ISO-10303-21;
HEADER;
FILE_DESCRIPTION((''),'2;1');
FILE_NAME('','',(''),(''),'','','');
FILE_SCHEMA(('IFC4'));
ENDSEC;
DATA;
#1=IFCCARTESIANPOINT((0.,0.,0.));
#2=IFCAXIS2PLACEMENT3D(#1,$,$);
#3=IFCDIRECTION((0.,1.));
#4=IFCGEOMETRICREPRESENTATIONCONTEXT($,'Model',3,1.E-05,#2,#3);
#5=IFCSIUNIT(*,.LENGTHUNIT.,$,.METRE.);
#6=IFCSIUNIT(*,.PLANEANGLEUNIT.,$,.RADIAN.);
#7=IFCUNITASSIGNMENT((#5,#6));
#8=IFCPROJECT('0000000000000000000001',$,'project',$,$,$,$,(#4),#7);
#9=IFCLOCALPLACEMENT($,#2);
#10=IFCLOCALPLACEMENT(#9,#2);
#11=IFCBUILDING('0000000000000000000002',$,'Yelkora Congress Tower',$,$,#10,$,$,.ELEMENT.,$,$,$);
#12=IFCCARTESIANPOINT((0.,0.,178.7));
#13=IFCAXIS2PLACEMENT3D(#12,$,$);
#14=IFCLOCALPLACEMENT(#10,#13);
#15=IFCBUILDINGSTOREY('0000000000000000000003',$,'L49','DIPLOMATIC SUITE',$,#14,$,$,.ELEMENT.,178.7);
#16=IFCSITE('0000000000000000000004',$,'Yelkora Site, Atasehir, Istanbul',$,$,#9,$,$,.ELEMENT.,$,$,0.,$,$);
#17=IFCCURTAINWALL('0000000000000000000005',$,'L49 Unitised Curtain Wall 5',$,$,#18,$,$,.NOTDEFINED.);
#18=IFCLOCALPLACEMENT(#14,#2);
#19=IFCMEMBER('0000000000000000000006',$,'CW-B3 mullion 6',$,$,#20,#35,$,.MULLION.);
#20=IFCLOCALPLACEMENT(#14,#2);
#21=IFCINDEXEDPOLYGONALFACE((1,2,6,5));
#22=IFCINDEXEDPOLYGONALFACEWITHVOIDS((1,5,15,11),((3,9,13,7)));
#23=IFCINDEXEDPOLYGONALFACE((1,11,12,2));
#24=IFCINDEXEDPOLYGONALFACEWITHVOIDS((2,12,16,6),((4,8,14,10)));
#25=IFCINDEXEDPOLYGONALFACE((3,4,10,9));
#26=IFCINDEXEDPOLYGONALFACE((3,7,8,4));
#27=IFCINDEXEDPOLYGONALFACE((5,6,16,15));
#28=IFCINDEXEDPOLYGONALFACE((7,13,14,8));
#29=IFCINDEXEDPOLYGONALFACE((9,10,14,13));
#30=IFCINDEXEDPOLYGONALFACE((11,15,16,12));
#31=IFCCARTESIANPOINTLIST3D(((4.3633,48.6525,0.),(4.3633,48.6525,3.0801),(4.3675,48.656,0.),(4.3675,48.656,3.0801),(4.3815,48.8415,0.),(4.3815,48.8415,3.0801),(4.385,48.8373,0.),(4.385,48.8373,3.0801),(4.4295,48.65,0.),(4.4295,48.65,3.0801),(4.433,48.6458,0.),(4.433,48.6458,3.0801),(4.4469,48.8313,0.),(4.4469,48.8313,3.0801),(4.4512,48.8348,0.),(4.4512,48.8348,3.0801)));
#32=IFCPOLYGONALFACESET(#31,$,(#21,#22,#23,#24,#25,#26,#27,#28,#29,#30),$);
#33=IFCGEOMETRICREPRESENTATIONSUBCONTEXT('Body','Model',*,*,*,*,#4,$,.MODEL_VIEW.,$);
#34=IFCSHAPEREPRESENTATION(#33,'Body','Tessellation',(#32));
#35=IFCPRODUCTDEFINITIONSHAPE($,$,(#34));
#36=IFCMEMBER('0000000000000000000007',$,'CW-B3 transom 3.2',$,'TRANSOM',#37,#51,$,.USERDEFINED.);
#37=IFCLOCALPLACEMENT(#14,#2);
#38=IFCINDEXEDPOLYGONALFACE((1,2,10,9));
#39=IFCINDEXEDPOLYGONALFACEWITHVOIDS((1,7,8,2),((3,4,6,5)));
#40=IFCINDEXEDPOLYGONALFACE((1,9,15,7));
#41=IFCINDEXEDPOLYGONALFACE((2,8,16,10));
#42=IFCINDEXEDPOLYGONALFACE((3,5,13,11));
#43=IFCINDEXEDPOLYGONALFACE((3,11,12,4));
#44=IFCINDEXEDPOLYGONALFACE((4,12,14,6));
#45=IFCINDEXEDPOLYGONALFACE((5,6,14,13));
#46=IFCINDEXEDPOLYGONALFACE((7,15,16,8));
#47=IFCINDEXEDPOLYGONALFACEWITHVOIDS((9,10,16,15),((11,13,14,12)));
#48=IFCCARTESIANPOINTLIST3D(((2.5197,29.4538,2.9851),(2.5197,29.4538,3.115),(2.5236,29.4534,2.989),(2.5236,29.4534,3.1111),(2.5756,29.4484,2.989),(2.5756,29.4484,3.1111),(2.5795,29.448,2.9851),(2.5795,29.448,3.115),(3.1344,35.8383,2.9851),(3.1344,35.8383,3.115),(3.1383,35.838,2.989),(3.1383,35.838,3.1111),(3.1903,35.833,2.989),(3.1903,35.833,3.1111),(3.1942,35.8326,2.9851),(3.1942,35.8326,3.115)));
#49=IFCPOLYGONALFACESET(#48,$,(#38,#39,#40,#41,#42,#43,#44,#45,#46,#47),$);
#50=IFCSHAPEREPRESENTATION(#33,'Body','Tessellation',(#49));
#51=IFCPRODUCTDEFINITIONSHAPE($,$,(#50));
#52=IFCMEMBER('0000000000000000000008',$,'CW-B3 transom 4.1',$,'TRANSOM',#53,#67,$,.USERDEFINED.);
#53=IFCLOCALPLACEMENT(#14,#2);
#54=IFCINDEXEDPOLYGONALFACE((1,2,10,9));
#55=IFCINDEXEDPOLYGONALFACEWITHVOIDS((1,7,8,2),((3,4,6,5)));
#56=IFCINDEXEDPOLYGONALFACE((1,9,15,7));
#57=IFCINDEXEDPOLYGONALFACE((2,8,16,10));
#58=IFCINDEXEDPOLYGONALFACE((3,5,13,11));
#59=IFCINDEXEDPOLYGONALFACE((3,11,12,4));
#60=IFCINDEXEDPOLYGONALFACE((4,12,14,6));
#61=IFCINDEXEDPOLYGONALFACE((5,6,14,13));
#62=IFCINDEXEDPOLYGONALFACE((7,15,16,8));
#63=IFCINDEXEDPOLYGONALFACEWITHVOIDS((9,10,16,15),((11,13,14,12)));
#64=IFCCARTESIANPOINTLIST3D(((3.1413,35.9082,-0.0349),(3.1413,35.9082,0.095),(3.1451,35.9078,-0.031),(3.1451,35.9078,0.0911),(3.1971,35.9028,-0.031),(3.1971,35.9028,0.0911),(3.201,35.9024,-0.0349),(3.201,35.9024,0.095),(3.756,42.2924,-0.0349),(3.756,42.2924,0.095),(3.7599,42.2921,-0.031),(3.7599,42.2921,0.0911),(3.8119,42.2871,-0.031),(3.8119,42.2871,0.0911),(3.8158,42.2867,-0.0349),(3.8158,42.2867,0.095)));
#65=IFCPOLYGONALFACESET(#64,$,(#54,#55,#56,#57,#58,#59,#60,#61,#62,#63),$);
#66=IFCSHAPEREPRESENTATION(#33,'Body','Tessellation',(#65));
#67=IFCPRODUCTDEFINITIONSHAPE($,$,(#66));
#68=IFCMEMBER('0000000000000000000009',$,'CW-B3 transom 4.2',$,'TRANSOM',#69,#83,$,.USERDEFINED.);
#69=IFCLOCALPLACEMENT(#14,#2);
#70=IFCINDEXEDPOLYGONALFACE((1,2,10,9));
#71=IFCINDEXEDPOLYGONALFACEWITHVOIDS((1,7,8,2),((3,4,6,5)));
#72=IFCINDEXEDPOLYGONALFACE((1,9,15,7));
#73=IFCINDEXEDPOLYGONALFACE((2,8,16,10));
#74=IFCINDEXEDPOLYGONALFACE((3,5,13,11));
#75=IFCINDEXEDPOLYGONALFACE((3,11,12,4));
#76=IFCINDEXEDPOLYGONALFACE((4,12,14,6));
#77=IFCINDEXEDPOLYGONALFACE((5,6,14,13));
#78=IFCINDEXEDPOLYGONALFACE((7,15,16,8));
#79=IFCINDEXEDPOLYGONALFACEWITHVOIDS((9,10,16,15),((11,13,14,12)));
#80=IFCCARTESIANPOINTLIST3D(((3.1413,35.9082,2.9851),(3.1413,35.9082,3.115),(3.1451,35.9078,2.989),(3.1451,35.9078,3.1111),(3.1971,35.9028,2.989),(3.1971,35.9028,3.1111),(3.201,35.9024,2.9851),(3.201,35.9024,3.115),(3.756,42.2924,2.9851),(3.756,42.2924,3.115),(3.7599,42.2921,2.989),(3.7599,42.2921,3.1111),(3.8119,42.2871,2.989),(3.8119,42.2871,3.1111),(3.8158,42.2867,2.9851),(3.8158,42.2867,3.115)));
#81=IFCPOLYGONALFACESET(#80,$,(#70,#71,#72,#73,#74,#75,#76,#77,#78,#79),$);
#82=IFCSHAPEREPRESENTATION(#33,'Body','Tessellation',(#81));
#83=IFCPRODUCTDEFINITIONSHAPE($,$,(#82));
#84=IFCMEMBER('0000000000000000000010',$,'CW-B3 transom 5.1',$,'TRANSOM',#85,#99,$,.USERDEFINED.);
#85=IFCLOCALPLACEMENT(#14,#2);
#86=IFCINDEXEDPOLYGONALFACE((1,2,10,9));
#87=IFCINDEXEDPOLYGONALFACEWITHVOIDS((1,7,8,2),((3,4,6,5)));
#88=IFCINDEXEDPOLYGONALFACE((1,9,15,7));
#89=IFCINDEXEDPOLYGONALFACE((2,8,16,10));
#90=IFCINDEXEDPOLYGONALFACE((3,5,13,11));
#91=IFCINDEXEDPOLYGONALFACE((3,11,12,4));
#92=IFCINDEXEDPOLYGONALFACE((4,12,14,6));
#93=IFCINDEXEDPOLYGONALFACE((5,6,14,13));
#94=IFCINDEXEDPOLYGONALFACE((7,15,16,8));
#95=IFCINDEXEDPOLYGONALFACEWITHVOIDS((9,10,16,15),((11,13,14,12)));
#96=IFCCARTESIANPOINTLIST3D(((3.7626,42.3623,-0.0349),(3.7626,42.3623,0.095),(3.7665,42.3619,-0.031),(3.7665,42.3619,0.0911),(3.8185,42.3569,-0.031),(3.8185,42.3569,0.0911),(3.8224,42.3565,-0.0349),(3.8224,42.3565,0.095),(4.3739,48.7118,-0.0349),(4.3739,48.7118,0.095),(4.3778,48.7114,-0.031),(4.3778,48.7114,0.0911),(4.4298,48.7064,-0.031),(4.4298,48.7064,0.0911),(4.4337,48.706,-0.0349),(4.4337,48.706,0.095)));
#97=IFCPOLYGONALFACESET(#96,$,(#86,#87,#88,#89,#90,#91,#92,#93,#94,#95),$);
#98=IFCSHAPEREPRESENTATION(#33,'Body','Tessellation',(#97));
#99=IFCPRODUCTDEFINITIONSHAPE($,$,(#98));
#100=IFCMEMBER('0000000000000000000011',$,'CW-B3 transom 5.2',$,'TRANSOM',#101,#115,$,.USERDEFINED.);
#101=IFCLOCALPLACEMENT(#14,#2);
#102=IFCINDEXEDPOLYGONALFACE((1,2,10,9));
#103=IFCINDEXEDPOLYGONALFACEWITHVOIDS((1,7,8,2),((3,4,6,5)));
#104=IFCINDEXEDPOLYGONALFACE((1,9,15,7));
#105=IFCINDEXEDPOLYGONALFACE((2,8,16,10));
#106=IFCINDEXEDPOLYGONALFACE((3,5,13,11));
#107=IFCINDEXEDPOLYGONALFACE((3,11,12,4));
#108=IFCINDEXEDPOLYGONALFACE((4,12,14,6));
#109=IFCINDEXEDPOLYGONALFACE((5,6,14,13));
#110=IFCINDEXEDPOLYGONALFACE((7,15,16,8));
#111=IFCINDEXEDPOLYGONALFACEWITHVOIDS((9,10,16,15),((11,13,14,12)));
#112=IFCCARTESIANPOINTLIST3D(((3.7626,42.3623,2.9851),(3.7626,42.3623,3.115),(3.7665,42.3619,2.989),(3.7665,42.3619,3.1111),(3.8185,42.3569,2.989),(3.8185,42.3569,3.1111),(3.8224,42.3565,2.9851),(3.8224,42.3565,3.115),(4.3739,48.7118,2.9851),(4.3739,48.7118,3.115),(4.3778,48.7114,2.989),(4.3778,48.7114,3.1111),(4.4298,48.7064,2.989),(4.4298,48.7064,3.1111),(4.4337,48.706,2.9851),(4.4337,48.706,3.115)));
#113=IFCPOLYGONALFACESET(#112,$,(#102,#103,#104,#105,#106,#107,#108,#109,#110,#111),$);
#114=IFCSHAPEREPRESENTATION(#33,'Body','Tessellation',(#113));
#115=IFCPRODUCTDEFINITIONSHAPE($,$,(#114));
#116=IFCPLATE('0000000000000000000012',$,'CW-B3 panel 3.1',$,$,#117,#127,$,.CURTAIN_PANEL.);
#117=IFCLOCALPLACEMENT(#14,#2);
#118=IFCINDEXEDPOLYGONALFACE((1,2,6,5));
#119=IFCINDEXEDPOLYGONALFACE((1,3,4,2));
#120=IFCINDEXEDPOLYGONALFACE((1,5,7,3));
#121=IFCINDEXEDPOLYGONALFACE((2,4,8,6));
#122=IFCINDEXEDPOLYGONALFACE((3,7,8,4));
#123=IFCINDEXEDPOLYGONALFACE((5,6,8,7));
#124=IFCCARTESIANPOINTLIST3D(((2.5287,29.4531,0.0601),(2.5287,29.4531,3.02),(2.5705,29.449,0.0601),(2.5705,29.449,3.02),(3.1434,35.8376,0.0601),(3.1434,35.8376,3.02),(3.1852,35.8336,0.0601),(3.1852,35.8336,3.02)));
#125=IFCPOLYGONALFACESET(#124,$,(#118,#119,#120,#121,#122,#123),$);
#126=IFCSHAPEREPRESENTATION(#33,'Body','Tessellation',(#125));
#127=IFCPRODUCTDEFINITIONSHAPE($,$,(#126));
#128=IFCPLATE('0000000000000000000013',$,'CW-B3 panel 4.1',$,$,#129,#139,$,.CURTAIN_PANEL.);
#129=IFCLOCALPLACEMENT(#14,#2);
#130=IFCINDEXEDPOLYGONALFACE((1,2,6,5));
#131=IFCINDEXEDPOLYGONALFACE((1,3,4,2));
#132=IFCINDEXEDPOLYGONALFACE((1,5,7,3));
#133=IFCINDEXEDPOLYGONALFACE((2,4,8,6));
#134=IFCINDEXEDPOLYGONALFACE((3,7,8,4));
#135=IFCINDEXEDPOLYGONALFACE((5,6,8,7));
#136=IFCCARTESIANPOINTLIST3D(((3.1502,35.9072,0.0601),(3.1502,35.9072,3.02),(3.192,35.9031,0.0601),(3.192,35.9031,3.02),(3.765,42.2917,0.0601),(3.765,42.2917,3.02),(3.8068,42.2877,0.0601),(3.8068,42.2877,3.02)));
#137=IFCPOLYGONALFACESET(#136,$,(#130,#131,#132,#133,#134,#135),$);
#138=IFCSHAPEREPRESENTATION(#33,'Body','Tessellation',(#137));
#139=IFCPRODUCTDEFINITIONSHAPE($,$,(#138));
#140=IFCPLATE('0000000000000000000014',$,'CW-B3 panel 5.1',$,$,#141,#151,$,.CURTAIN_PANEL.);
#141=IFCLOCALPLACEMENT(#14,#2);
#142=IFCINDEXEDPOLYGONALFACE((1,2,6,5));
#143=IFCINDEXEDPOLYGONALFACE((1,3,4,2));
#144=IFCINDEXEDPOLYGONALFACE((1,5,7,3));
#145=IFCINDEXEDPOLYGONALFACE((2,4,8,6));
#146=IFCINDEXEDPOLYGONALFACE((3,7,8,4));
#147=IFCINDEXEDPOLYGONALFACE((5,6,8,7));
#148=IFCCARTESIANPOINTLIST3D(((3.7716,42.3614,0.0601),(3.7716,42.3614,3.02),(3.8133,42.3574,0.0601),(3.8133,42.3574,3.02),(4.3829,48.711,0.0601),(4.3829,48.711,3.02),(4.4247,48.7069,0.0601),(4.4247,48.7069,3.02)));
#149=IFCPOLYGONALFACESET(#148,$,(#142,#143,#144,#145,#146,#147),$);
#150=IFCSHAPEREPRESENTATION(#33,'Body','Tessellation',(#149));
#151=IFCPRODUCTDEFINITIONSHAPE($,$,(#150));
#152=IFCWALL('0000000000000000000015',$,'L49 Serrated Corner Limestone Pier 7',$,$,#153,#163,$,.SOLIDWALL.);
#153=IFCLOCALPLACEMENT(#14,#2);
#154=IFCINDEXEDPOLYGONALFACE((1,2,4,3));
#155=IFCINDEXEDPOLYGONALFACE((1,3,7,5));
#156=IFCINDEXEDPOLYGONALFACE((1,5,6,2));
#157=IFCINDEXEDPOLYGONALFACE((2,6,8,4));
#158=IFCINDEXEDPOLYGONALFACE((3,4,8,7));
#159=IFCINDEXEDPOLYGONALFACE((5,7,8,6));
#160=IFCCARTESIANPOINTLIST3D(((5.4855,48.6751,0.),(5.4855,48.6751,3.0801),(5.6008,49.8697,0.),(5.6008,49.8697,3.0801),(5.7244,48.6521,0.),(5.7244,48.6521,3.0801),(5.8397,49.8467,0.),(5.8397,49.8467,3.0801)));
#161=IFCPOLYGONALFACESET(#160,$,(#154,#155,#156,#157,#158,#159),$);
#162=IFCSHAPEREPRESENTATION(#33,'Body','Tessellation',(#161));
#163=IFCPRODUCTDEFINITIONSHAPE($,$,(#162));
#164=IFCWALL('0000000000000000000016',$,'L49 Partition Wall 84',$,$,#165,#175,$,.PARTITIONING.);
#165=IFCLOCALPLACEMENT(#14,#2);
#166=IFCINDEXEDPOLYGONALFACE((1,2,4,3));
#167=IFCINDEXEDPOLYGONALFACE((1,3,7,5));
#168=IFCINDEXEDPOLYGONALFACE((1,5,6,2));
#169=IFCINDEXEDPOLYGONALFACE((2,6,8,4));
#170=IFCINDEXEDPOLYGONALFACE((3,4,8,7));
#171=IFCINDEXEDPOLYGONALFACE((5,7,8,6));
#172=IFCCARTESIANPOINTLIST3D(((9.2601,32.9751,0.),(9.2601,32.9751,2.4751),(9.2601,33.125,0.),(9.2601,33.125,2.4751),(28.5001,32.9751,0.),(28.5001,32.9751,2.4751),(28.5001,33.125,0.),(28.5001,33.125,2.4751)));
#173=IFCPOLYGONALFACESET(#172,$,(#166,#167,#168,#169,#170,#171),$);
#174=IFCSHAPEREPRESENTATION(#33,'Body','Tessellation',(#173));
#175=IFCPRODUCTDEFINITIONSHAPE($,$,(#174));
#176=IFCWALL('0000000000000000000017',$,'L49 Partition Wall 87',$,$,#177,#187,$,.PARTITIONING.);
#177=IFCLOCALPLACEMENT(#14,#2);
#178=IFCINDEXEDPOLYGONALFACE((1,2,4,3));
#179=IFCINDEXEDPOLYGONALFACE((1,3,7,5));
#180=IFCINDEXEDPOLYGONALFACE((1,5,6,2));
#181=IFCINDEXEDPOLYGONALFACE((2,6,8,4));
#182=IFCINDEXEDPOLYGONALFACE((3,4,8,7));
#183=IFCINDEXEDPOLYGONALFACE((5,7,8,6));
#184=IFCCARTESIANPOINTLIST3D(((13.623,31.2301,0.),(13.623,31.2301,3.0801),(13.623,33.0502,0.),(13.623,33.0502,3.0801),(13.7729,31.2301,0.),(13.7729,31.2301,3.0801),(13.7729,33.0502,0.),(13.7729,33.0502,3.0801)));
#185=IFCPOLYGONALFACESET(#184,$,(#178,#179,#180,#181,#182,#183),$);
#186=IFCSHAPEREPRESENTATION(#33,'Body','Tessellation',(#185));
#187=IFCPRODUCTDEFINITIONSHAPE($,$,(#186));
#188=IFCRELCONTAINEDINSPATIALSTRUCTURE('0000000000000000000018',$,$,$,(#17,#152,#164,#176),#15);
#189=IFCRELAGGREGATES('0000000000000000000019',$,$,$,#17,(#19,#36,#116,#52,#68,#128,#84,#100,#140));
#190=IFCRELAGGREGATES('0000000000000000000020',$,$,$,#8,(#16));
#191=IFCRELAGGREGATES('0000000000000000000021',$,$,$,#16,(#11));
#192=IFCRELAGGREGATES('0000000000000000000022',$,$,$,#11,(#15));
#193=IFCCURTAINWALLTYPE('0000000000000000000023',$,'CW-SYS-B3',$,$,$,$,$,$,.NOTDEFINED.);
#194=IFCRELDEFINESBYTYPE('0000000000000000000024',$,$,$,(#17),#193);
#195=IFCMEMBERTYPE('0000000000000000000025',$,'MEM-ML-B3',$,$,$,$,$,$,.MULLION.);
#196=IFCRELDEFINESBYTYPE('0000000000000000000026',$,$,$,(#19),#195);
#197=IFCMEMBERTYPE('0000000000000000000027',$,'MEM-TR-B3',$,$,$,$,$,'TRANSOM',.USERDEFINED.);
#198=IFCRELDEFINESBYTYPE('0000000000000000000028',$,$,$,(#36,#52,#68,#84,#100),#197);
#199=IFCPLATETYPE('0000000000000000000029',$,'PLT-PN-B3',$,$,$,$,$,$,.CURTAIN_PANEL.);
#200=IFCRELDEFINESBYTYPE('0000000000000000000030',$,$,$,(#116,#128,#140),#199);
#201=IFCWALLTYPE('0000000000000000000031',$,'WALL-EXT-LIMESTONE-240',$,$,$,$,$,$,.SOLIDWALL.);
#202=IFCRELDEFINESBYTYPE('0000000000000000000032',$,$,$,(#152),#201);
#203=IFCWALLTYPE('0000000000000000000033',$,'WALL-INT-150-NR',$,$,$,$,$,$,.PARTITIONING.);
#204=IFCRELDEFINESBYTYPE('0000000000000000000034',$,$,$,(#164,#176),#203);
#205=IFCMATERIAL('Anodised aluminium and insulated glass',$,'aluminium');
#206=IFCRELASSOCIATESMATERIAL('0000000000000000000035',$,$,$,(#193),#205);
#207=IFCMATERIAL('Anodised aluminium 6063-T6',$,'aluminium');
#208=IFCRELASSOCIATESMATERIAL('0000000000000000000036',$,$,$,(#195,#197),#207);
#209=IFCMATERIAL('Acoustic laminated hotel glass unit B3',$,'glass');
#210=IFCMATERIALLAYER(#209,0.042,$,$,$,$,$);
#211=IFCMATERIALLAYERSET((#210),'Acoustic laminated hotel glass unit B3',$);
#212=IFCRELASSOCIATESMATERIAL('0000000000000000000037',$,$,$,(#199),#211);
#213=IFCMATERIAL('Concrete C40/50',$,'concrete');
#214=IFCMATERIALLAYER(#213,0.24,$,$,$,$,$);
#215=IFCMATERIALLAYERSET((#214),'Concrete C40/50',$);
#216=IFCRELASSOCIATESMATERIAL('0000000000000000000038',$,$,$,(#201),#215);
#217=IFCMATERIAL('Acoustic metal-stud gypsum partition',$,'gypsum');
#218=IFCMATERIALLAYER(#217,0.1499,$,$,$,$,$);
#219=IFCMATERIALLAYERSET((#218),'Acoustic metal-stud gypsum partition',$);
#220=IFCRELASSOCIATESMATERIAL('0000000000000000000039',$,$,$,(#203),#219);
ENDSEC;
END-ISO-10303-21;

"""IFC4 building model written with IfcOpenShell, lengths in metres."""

from ifc_helpers import new_model, si_unit, direction, frame, frame_2d, origin, origin_2d, place, context, subcontext, project, spatial, rectangle, hollow_rectangle, extrude, material, layer, layer_set, material_profile, profile_set, type_object, element, aggregate, save


model = new_model("IFC4")

# Units and contexts
model_context = context("Model", 3, precision=1e-05, world=origin(), true_north=direction((0.0, 1.0)))
body_context = subcontext(model_context, "Body", "Model", "MODEL_VIEW")
ifc_project = project(units=[si_unit("LENGTHUNIT", "METRE"), si_unit("PLANEANGLEUNIT", "RADIAN")], contexts=[model_context])

# Site, building, storey
site_placement = place(None, origin())
site = spatial("IfcSite", under=ifc_project, at=site_placement, Name="Yelkora Site, Atasehir, Istanbul", CompositionType="ELEMENT", RefElevation=0.0)
building_placement = place(site_placement, origin())
building = spatial("IfcBuilding", under=site, at=building_placement, Name="Yelkora Congress Tower", CompositionType="ELEMENT")
storey_placement = place(building_placement, frame((0.0, 0.0, 178.7)))
storey = spatial("IfcBuildingStorey", under=building, at=storey_placement, Name="L49", Description="DIPLOMATIC SUITE", CompositionType="ELEMENT", Elevation=178.7)

# Curtain wall, members, plates
ifc_material_1 = material(Name="Anodised aluminium and insulated glass", Category="aluminium")
curtain_wall_type = type_object("IfcCurtainWallType", Name="CW-SYS-B3", PredefinedType="NOTDEFINED", material=ifc_material_1)
curtain_wall_placement = place(storey_placement, origin())
curtain_wall = element("IfcCurtainWall", 1, at=curtain_wall_placement, inside=storey, type_object=curtain_wall_type, Name="L49 Unitised Curtain Wall 5", PredefinedType="NOTDEFINED")
ifc_material_2 = material(Name="Anodised aluminium 6063-T6", Category="aluminium")
ifc_material_profile_1 = material_profile(ifc_material_2, hollow_rectangle(XDim=0.0701, YDim=0.1899, WallThickness=0.0039, at=origin_2d()), Name="ALU 70x190x4")
ifc_profile_set_1 = profile_set([ifc_material_profile_1], Name="Anodised aluminium 6063-T6")
member_type_1 = type_object("IfcMemberType", Name="MEM-ML-B3", PredefinedType="MULLION", material=ifc_profile_set_1)
member_1_placement = place(storey_placement, frame((4.4072, 48.7437, 0.0), z_axis=(0.0, 0.0, 1.0), x_axis=(-0.995396, 0.095845, 0.0)))
member_1 = element("IfcMember", 2, at=member_1_placement, type_object=member_type_1, Name="CW-B3 mullion 6", PredefinedType="MULLION", context=body_context, shape_type="SweptSolid", body=[
    extrude(hollow_rectangle(XDim=0.0701, YDim=0.1899, WallThickness=0.0039, at=origin_2d()), origin(), (0.0, 0.0, 1.0), 3.0801),
])
ifc_material_profile_2 = material_profile(ifc_material_2, hollow_rectangle(XDim=0.0601, YDim=0.1299, WallThickness=0.0039, at=origin_2d()), Name="ALU 60x130x4")
ifc_profile_set_2 = profile_set([ifc_material_profile_2], Name="Anodised aluminium 6063-T6")
member_type_2 = type_object("IfcMemberType", Name="MEM-TR-B3", ElementType="TRANSOM", PredefinedType="USERDEFINED", material=ifc_profile_set_2)
member_2_placement = place(storey_placement, frame((2.5496, 29.4509, 3.05), z_axis=(0.095844, 0.995396, 0.0), x_axis=(-0.995396, 0.095844, 0.0)))
member_2 = element("IfcMember", 3, at=member_2_placement, type_object=member_type_2, Name="CW-B3 transom 3.2", ObjectType="TRANSOM", PredefinedType="USERDEFINED", context=body_context, shape_type="SweptSolid", body=[
    extrude(hollow_rectangle(XDim=0.0601, YDim=0.1299, WallThickness=0.0039, at=origin_2d()), origin(), (0.0, 0.0, 1.0), 6.4141),
])
member_3_placement = place(storey_placement, frame((3.1711, 35.9053, 0.03), z_axis=(0.095847, 0.995396, 0.0), x_axis=(-0.995396, 0.095847, 0.0)))
member_3 = element("IfcMember", 4, at=member_3_placement, type_object=member_type_2, Name="CW-B3 transom 4.1", ObjectType="TRANSOM", PredefinedType="USERDEFINED", context=body_context, shape_type="SweptSolid", body=[
    extrude(hollow_rectangle(XDim=0.0601, YDim=0.1299, WallThickness=0.0039, at=origin_2d()), origin(), (0.0, 0.0, 1.0), 6.4138),
])
member_4_placement = place(storey_placement, frame((3.1711, 35.9053, 3.05), z_axis=(0.095847, 0.995396, 0.0), x_axis=(-0.995396, 0.095847, 0.0)))
member_4 = element("IfcMember", 5, at=member_4_placement, type_object=member_type_2, Name="CW-B3 transom 4.2", ObjectType="TRANSOM", PredefinedType="USERDEFINED", context=body_context, shape_type="SweptSolid", body=[
    extrude(hollow_rectangle(XDim=0.0601, YDim=0.1299, WallThickness=0.0039, at=origin_2d()), origin(), (0.0, 0.0, 1.0), 6.4138),
])
member_5_placement = place(storey_placement, frame((3.7925, 42.3594, 0.03), z_axis=(0.095835, 0.995397, 0.0), x_axis=(-0.995397, 0.095835, 0.0)))
member_5 = element("IfcMember", 6, at=member_5_placement, type_object=member_type_2, Name="CW-B3 transom 5.1", ObjectType="TRANSOM", PredefinedType="USERDEFINED", context=body_context, shape_type="SweptSolid", body=[
    extrude(hollow_rectangle(XDim=0.0601, YDim=0.1299, WallThickness=0.0039, at=origin_2d()), origin(), (0.0, 0.0, 1.0), 6.3789),
])
member_6_placement = place(storey_placement, frame((3.7925, 42.3594, 3.05), z_axis=(0.095835, 0.995397, 0.0), x_axis=(-0.995397, 0.095835, 0.0)))
member_6 = element("IfcMember", 7, at=member_6_placement, type_object=member_type_2, Name="CW-B3 transom 5.2", ObjectType="TRANSOM", PredefinedType="USERDEFINED", context=body_context, shape_type="SweptSolid", body=[
    extrude(hollow_rectangle(XDim=0.0601, YDim=0.1299, WallThickness=0.0039, at=origin_2d()), origin(), (0.0, 0.0, 1.0), 6.3789),
])
ifc_material_3 = material(Name="Acoustic laminated hotel glass unit B3", Category="glass")
ifc_layer_1 = layer(ifc_material_3, 0.042)
ifc_layer_set_1 = layer_set([ifc_layer_1], Name="Acoustic laminated hotel glass unit B3")
plate_type = type_object("IfcPlateType", Name="PLT-PN-B3", PredefinedType="CURTAIN_PANEL", material=ifc_layer_set_1)
plate_1_placement = place(storey_placement, frame((2.8569, 32.6433, 0.0601), z_axis=(0.0, 0.0, 1.0), x_axis=(0.095845, 0.995396, 0.0)))
plate_1 = element("IfcPlate", 8, at=plate_1_placement, type_object=plate_type, Name="CW-B3 panel 3.1", PredefinedType="CURTAIN_PANEL", context=body_context, shape_type="SweptSolid", body=[
    extrude(rectangle(XDim=6.4141, YDim=0.042, at=origin_2d()), origin(), (0.0, 0.0, 1.0), 2.96),
])
plate_2_placement = place(storey_placement, frame((3.4785, 39.0974, 0.0601), z_axis=(0.0, 0.0, 1.0), x_axis=(0.095845, 0.995396, 0.0)))
plate_2 = element("IfcPlate", 9, at=plate_2_placement, type_object=plate_type, Name="CW-B3 panel 4.1", PredefinedType="CURTAIN_PANEL", context=body_context, shape_type="SweptSolid", body=[
    extrude(rectangle(XDim=6.4141, YDim=0.042, at=origin_2d()), origin(), (0.0, 0.0, 1.0), 2.96),
])
plate_3_placement = place(storey_placement, frame((4.0981, 45.5342, 0.0601), z_axis=(0.0, 0.0, 1.0), x_axis=(0.095845, 0.995396, 0.0)))
plate_3 = element("IfcPlate", 10, at=plate_3_placement, type_object=plate_type, Name="CW-B3 panel 5.1", PredefinedType="CURTAIN_PANEL", context=body_context, shape_type="SweptSolid", body=[
    extrude(rectangle(XDim=6.3789, YDim=0.042, at=origin_2d()), origin(), (0.0, 0.0, 1.0), 2.96),
])
aggregate(curtain_wall, [member_1, member_2, plate_1, member_3, member_4, plate_2, member_5, member_6, plate_3])

# Walls
ifc_material_4 = material(Name="Concrete C40/50", Category="concrete")
ifc_layer_2 = layer(ifc_material_4, 0.24)
ifc_layer_set_2 = layer_set([ifc_layer_2], Name="Concrete C40/50")
wall_type_1 = type_object("IfcWallType", Name="WALL-EXT-LIMESTONE-240", PredefinedType="SOLIDWALL", material=ifc_layer_set_2)
wall_1_placement = place(storey_placement, frame((5.605, 48.6636, 0.0), z_axis=(0.0, 0.0, 1.0), x_axis=(0.096019, 0.99538, 0.0)))
element("IfcWall", 11, at=wall_1_placement, inside=storey, type_object=wall_type_1, Name="L49 Serrated Corner Limestone Pier 7", PredefinedType="SOLIDWALL", context=body_context, shape_type="SweptSolid", body=[
    extrude(rectangle(XDim=1.2002, YDim=0.24, at=frame_2d((0.6001, 0.0))), origin(), (0.0, 0.0, 1.0), 3.0801),
])
ifc_material_5 = material(Name="Acoustic metal-stud gypsum partition", Category="gypsum")
ifc_layer_3 = layer(ifc_material_5, 0.1499)
ifc_layer_set_3 = layer_set([ifc_layer_3], Name="Acoustic metal-stud gypsum partition")
wall_type_2 = type_object("IfcWallType", Name="WALL-INT-150-NR", PredefinedType="PARTITIONING", material=ifc_layer_set_3)
wall_2_placement = place(storey_placement, frame((9.26, 33.05, 0.0), z_axis=(0.0, 0.0, 1.0), x_axis=(1.0, 0.0, 0.0)))
element("IfcWall", 12, at=wall_2_placement, inside=storey, type_object=wall_type_2, Name="L49 Partition Wall 84", PredefinedType="PARTITIONING", context=body_context, shape_type="SweptSolid", body=[
    extrude(rectangle(XDim=19.24, YDim=0.1499, at=frame_2d((9.6201, 0.0))), origin(), (0.0, 0.0, 1.0), 2.4751),
])
for number, where, z_axis, x_axis, name in (
    (13, (13.698, 31.23, 0.0), (0.0, 0.0, 1.0), (0.0, 1.0, 0.0), "L49 Partition Wall 87"),
):
    element("IfcWall", number, at=place(storey_placement, frame(where, z_axis=z_axis, x_axis=x_axis)), inside=storey, type_object=wall_type_2, Name=name, PredefinedType="PARTITIONING", context=body_context, shape_type="SweptSolid", body=[
        extrude(rectangle(XDim=1.8201, YDim=0.1499, at=frame_2d((0.9102, 0.0))), origin(), (0.0, 0.0, 1.0), 3.0801),
    ])

save(model, "model.ifc")
